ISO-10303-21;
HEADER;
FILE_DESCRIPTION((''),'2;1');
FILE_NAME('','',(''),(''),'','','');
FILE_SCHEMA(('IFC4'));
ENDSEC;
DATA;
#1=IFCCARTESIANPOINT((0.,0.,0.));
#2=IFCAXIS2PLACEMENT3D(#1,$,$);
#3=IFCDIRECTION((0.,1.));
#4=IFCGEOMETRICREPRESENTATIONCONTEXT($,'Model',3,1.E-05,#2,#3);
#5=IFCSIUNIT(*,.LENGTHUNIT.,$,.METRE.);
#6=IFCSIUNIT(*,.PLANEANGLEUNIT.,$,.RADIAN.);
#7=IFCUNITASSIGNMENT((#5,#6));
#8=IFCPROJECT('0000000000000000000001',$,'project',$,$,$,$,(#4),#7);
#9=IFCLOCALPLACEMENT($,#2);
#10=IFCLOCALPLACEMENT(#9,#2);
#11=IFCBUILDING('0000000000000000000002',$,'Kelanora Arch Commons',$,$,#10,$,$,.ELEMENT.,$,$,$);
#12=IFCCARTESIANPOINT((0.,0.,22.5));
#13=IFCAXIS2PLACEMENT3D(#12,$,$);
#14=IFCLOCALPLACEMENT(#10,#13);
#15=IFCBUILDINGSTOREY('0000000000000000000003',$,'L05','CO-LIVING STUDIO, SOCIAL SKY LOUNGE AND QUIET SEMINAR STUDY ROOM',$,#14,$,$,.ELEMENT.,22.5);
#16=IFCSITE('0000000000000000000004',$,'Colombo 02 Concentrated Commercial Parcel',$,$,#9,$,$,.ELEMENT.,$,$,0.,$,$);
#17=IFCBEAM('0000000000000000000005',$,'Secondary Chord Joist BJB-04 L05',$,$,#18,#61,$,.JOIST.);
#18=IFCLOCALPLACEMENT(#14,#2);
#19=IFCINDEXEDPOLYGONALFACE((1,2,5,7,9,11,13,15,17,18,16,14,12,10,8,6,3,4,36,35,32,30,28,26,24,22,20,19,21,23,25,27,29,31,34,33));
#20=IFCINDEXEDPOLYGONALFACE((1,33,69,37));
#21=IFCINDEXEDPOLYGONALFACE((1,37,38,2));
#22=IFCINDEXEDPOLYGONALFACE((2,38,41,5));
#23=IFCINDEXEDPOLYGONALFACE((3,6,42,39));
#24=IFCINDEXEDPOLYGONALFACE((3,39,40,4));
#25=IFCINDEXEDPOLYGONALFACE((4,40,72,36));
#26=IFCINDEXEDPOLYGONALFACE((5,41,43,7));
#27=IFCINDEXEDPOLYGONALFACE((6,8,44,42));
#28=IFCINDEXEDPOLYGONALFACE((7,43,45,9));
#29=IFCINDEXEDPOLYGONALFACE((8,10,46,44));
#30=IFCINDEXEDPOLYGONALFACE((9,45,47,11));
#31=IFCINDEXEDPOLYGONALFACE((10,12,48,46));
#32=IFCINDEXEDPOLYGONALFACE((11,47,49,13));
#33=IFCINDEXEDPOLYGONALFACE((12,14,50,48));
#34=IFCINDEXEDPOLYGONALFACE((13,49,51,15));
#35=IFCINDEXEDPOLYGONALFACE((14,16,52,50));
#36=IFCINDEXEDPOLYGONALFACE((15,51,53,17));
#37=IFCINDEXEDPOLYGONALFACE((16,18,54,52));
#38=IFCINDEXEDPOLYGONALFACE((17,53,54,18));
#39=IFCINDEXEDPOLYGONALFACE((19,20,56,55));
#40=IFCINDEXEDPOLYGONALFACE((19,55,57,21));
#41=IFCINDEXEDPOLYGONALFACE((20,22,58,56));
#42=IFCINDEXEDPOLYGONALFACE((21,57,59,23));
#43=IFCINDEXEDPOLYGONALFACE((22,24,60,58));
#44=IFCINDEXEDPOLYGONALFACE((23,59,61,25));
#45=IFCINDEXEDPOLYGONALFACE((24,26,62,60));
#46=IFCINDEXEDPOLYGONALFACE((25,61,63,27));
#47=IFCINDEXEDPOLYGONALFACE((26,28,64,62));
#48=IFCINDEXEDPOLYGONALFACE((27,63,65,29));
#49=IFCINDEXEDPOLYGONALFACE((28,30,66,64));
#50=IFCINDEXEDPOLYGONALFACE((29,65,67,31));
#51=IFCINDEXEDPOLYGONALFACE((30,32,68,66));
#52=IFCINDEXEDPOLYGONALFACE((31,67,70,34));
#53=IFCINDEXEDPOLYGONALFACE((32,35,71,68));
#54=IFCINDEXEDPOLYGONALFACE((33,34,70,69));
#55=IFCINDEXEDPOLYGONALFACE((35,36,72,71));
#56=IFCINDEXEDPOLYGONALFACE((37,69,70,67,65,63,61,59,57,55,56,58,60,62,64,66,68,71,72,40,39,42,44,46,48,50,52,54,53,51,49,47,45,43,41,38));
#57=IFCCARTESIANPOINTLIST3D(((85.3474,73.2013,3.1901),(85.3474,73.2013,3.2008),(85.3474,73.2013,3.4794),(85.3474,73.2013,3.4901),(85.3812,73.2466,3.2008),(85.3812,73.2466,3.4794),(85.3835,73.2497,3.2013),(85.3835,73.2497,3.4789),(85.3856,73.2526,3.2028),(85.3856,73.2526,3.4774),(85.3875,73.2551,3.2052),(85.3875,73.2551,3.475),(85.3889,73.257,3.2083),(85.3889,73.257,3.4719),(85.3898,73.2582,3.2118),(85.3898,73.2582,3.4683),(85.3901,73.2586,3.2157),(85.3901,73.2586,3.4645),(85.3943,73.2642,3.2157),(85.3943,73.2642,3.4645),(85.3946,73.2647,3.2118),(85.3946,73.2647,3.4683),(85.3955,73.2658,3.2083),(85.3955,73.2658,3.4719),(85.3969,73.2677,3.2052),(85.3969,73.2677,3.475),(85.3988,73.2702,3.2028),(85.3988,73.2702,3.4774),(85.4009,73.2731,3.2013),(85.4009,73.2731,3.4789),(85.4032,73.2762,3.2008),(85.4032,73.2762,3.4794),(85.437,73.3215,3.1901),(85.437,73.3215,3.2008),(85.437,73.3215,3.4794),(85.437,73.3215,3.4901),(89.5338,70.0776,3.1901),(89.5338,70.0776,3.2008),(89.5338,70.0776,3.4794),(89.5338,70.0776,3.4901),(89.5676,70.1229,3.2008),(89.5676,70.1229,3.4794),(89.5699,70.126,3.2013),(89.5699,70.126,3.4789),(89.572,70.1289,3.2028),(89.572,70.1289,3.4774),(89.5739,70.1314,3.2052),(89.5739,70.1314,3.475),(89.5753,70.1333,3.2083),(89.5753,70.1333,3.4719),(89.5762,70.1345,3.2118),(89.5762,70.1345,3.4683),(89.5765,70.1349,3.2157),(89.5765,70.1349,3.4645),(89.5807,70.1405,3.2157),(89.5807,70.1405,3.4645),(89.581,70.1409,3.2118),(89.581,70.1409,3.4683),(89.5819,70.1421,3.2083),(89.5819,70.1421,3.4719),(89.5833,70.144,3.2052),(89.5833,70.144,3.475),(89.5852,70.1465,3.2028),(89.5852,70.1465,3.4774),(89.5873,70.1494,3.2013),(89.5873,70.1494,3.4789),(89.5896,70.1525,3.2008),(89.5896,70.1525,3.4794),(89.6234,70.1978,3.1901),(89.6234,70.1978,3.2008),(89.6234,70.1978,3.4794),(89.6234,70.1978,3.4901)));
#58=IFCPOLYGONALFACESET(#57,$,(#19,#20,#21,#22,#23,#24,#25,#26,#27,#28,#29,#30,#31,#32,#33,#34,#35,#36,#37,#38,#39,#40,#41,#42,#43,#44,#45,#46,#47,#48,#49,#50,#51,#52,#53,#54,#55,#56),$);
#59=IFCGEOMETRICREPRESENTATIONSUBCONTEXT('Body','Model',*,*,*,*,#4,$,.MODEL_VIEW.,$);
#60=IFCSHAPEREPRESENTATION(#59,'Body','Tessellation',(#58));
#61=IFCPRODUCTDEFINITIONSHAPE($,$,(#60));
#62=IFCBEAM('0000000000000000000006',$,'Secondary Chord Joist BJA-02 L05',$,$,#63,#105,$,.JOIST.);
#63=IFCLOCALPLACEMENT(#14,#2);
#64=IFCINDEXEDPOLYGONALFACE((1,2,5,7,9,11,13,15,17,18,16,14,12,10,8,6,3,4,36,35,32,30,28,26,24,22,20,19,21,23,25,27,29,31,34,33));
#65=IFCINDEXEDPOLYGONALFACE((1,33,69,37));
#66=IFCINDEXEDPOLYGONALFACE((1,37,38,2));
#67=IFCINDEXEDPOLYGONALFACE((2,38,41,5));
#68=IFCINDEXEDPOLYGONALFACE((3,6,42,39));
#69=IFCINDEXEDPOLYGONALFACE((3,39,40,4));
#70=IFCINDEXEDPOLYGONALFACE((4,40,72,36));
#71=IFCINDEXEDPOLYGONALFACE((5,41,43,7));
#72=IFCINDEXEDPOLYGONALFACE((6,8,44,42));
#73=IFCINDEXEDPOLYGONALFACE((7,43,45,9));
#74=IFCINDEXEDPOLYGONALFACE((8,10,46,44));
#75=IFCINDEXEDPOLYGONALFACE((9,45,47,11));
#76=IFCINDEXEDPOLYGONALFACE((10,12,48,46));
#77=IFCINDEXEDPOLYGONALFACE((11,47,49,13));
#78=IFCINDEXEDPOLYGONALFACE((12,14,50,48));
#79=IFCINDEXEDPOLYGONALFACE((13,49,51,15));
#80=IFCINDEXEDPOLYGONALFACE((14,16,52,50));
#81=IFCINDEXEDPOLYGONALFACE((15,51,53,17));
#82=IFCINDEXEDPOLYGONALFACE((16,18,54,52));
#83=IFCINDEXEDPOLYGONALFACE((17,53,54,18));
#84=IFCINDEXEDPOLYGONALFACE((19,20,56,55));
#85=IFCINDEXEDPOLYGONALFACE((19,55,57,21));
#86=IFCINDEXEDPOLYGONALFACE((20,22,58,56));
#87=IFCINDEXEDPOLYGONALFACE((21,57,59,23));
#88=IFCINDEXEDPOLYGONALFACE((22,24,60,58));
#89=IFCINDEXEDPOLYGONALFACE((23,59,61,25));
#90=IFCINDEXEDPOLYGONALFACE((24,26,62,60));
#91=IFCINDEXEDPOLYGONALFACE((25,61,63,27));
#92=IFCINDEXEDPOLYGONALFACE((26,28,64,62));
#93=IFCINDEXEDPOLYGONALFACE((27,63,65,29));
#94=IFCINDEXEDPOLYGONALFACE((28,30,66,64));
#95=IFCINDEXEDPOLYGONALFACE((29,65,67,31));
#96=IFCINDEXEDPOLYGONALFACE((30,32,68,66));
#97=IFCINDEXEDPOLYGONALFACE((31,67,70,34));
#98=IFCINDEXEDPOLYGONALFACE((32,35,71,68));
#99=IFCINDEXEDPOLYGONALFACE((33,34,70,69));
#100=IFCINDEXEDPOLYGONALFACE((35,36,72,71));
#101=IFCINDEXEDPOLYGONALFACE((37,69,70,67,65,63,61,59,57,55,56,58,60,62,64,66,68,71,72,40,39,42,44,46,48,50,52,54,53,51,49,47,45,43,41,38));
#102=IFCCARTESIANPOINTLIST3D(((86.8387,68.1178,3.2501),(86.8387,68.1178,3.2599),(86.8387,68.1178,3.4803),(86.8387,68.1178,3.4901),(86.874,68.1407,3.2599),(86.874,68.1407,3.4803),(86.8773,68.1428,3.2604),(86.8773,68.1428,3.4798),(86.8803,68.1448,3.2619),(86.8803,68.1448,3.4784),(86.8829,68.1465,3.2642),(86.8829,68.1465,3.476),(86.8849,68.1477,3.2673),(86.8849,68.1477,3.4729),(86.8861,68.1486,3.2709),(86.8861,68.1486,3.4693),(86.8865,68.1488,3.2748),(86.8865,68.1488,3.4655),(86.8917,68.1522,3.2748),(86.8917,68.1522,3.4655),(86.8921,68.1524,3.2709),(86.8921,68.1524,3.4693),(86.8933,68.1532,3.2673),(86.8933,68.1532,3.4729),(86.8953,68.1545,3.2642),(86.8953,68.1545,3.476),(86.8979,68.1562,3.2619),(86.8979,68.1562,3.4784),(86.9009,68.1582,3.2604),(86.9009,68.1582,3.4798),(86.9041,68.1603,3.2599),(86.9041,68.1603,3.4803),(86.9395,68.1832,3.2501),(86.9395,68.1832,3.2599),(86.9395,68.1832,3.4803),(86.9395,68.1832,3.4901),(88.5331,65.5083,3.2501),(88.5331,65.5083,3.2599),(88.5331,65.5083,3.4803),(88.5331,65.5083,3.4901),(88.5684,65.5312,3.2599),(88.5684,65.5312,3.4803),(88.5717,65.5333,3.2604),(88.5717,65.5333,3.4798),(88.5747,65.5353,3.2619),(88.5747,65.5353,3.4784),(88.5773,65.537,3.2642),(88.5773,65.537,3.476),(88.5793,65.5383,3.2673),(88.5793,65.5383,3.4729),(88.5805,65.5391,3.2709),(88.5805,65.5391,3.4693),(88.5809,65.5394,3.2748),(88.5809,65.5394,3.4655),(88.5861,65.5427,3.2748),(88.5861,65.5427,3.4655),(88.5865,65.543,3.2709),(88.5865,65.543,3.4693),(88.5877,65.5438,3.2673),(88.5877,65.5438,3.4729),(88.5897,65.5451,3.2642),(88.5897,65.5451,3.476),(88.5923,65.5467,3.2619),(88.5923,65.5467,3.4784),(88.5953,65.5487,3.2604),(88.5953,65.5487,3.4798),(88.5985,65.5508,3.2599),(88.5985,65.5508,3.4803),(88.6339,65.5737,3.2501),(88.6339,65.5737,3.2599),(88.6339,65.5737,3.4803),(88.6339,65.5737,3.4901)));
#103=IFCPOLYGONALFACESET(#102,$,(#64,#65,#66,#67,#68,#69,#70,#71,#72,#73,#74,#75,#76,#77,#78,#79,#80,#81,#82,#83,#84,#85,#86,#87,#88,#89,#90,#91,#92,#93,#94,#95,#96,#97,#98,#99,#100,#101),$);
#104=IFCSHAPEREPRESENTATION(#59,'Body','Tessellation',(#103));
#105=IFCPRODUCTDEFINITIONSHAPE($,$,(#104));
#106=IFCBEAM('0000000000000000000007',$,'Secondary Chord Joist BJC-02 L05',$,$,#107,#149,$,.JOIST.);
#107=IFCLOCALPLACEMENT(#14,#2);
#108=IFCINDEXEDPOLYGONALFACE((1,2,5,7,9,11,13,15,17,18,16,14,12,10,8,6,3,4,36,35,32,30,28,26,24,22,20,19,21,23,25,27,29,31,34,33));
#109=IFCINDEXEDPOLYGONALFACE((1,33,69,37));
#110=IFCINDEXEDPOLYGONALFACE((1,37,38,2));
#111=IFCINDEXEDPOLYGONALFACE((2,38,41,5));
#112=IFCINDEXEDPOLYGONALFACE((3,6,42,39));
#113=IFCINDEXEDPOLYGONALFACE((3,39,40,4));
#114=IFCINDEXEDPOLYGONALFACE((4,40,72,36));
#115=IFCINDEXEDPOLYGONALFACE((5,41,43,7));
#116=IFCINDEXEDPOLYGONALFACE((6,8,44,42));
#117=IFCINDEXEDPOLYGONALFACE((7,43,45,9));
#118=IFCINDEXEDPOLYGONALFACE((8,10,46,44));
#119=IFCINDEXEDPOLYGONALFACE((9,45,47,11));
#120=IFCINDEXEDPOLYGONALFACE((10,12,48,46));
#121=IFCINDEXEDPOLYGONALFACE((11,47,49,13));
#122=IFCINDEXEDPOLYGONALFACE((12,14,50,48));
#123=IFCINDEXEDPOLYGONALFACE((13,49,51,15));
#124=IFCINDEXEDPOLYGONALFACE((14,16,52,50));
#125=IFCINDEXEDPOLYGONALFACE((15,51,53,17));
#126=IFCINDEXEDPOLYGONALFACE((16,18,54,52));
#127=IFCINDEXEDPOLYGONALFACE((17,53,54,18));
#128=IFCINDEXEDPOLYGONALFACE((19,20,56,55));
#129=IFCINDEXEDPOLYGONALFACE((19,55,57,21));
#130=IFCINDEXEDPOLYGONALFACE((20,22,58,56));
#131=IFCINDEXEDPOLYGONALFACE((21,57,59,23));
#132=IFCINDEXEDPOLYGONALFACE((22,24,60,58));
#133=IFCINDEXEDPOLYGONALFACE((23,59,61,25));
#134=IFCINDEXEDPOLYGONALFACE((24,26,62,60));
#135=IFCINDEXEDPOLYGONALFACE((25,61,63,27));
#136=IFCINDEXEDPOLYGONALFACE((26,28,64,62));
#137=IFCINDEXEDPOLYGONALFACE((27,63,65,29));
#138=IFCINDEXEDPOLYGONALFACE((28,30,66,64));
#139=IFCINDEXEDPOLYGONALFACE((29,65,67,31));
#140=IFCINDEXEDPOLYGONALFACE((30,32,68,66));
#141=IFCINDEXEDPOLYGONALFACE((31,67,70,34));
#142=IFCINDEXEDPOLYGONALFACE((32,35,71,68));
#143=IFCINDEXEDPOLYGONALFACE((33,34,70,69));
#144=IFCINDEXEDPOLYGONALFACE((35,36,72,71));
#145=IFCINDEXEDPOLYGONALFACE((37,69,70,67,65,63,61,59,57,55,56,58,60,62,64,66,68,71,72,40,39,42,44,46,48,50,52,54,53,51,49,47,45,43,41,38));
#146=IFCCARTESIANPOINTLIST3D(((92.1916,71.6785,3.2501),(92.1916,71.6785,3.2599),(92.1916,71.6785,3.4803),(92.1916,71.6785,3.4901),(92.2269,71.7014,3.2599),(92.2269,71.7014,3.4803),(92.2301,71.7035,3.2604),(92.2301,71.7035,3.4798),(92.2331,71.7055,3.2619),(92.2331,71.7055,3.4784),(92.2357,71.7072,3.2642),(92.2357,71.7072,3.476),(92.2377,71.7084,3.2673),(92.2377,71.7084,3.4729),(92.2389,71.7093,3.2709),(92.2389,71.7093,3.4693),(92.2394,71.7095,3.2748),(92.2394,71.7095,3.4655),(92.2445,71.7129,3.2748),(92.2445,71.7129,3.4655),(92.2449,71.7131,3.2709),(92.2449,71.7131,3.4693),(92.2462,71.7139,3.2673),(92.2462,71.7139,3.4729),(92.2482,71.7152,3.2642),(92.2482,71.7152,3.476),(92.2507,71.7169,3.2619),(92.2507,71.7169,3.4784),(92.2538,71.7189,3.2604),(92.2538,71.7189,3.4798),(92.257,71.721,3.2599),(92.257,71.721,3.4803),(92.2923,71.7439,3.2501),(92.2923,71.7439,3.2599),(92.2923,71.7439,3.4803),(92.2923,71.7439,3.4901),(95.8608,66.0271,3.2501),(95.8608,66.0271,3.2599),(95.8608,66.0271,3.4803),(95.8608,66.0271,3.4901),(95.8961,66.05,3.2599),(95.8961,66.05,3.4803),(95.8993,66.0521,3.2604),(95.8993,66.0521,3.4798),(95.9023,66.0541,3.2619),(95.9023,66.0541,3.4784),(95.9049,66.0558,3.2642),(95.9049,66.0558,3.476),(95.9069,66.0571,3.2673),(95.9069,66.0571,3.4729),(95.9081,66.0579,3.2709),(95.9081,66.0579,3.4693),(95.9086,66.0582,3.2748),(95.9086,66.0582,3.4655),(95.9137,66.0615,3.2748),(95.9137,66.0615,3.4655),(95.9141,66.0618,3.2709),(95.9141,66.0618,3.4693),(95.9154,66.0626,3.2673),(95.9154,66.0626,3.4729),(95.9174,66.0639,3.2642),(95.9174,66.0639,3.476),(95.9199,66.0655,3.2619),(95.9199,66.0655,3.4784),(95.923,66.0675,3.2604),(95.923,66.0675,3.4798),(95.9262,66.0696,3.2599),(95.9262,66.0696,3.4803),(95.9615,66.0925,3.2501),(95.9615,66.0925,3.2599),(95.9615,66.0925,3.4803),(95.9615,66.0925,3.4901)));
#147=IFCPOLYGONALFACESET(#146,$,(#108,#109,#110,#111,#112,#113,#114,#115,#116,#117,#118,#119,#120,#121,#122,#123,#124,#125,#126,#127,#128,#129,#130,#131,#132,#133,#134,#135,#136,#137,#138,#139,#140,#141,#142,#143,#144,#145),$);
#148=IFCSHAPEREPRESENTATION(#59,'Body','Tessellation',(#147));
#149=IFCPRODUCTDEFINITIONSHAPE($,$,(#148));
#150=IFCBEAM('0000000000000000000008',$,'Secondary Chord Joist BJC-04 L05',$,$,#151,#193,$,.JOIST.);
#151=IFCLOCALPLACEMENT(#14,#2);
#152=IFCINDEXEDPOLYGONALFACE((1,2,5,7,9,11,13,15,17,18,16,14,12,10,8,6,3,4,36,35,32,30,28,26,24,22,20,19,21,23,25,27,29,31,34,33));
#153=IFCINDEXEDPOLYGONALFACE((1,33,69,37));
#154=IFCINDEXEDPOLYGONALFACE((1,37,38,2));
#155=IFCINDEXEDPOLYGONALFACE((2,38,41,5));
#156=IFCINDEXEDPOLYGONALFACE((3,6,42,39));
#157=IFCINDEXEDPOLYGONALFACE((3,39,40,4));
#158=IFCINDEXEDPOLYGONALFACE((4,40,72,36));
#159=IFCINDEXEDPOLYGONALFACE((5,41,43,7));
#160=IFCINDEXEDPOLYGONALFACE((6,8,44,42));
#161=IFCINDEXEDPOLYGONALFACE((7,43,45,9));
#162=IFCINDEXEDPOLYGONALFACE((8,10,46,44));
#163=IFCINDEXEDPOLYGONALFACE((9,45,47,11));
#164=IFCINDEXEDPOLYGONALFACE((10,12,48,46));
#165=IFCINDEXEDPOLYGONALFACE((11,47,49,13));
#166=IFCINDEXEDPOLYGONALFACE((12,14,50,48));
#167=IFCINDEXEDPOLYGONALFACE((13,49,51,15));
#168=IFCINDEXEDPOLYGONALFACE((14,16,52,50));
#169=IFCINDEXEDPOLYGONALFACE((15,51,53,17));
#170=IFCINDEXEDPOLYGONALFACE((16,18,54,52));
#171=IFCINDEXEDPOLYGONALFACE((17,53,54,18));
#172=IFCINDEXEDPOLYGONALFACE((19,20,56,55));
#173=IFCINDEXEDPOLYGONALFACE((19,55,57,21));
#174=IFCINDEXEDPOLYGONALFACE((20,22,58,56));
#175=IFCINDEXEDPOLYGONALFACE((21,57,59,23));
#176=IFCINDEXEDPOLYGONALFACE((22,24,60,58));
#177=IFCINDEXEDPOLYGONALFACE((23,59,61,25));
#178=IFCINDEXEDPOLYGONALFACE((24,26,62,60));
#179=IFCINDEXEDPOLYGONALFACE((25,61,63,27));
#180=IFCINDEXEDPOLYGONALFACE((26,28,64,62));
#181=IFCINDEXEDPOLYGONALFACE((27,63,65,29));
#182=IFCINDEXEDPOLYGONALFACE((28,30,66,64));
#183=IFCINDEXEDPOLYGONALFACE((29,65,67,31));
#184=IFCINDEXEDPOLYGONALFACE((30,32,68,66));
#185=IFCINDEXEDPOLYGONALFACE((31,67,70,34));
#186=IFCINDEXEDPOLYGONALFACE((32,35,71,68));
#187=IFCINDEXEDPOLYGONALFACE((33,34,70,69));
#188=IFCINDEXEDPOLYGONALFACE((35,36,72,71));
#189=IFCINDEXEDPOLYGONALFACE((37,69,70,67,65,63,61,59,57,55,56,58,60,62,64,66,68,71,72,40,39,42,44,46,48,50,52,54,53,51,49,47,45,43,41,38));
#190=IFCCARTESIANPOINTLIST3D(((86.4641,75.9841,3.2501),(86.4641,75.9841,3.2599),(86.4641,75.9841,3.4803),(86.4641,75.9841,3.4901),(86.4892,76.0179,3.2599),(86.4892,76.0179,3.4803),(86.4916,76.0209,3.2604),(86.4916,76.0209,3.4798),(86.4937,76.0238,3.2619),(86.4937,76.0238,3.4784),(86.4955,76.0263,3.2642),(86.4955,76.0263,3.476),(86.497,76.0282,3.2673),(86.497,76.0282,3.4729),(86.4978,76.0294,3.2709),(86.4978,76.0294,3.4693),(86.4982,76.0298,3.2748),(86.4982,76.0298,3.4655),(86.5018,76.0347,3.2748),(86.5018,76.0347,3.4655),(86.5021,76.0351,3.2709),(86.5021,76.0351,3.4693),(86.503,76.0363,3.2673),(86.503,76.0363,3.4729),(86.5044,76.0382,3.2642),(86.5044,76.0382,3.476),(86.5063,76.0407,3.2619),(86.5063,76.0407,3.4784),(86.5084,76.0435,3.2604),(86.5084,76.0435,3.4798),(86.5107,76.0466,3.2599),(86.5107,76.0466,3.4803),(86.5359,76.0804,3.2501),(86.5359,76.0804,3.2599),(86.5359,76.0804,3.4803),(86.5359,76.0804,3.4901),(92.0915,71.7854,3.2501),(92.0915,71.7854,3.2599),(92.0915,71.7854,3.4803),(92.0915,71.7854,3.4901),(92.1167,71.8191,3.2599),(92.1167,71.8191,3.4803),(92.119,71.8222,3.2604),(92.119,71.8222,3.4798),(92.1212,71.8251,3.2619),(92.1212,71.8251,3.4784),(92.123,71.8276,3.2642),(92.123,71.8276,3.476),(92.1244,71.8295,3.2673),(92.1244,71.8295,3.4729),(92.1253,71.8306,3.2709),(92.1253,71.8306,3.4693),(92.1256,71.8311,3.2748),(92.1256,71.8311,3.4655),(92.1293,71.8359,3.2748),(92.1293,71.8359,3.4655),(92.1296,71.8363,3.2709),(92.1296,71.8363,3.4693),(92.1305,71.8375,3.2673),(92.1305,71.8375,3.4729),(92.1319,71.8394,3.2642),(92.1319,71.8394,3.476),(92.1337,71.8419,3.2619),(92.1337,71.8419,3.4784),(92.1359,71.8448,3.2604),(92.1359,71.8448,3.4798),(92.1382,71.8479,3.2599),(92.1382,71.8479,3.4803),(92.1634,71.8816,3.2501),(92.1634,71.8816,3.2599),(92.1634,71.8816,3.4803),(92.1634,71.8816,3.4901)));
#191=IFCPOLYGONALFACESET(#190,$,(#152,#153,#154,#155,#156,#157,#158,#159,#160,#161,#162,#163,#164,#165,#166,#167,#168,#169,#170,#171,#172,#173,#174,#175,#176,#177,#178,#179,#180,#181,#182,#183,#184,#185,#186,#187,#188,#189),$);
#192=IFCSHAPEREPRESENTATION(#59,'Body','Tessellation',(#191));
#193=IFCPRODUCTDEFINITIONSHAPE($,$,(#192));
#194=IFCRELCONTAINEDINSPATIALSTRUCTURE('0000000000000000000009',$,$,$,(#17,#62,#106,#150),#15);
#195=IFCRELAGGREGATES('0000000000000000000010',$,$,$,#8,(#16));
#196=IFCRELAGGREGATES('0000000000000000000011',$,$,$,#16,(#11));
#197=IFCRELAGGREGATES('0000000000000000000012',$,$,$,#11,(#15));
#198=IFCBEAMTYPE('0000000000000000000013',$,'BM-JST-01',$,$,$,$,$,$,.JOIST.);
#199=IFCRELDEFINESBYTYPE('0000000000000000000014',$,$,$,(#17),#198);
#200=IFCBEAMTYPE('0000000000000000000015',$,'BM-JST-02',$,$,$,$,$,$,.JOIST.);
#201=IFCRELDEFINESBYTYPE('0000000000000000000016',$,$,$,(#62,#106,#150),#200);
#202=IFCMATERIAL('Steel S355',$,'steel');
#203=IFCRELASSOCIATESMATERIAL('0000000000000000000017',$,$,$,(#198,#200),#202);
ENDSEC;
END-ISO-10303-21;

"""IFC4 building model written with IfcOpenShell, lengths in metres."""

from ifc_helpers import new_model, si_unit, direction, frame, origin, origin_2d, place, context, subcontext, project, spatial, i_section, extrude, material, material_profile, profile_set, type_object, element, save


model = new_model("IFC4")

# Units and contexts
model_context = context("Model", 3, precision=1e-05, world=origin(), true_north=direction((0.0, 1.0)))
body_context = subcontext(model_context, "Body", "Model", "MODEL_VIEW")
ifc_project = project(units=[si_unit("LENGTHUNIT", "METRE"), si_unit("PLANEANGLEUNIT", "RADIAN")], contexts=[model_context])

# Site, building, storey
site_placement = place(None, origin())
site = spatial("IfcSite", under=ifc_project, at=site_placement, Name="Colombo 02 Concentrated Commercial Parcel", CompositionType="ELEMENT", RefElevation=0.0)
building_placement = place(site_placement, origin())
building = spatial("IfcBuilding", under=site, at=building_placement, Name="Kelanora Arch Commons", CompositionType="ELEMENT")
storey_placement = place(building_placement, frame((0.0, 0.0, 22.5)))
storey = spatial("IfcBuildingStorey", under=building, at=storey_placement, Name="L05", Description="CO-LIVING STUDIO, SOCIAL SKY LOUNGE AND QUIET SEMINAR STUDY ROOM", CompositionType="ELEMENT", Elevation=22.5)

# Beams
ifc_material_1 = material(Name="Steel S355", Category="steel")
ifc_material_profile_1 = material_profile(ifc_material_1, i_section(OverallWidth=0.1499, OverallDepth=0.3, WebThickness=0.0071, FlangeThickness=0.0107, FilletRadius=0.0149, at=origin_2d()), Name="IPE300")
ifc_profile_set_1 = profile_set([ifc_material_profile_1], Name="Steel S355")
beam_type_1 = type_object("IfcBeamType", Name="BM-JST-01", PredefinedType="JOIST", material=ifc_profile_set_1)
beam_1_placement = place(storey_placement, frame((89.5786, 70.1377, 3.3401), z_axis=(-0.801478, 0.598024, 0.0), x_axis=(-0.598024, -0.801478, 0.0)))
element("IfcBeam", 1, at=beam_1_placement, inside=storey, type_object=beam_type_1, Name="Secondary Chord Joist BJB-04 L05", PredefinedType="JOIST", context=body_context, shape_type="SweptSolid", body=[
    extrude(i_section(OverallWidth=0.1499, OverallDepth=0.3, WebThickness=0.0071, FlangeThickness=0.0107, FilletRadius=0.0149, at=origin_2d()), origin(), (0.0, 0.0, 1.0), 5.2234),
])
ifc_material_profile_2 = material_profile(ifc_material_1, i_section(OverallWidth=0.1201, OverallDepth=0.24, WebThickness=0.0061, FlangeThickness=0.0098, FilletRadius=0.0149, at=origin_2d()), Name="IPE240")
ifc_profile_set_2 = profile_set([ifc_material_profile_2], Name="Steel S355")
beam_type_2 = type_object("IfcBeamType", Name="BM-JST-02", PredefinedType="JOIST", material=ifc_profile_set_2)
beam_2_placement = place(storey_placement, frame((88.5835, 65.541, 3.3701), z_axis=(-0.544591, 0.838702, 0.0), x_axis=(-0.838702, -0.544591, 0.0)))
element("IfcBeam", 2, at=beam_2_placement, inside=storey, type_object=beam_type_2, Name="Secondary Chord Joist BJA-02 L05", PredefinedType="JOIST", context=body_context, shape_type="SweptSolid", body=[
    extrude(i_section(OverallWidth=0.1201, OverallDepth=0.24, WebThickness=0.0061, FlangeThickness=0.0098, FilletRadius=0.0149, at=origin_2d()), origin(), (0.0, 0.0, 1.0), 3.1113),
])
beam_3_placement = place(storey_placement, frame((95.9111, 66.0598, 3.3701), z_axis=(-0.54455, 0.838728, 0.0), x_axis=(-0.838728, -0.54455, 0.0)))
element("IfcBeam", 3, at=beam_3_placement, inside=storey, type_object=beam_type_2, Name="Secondary Chord Joist BJC-02 L05", PredefinedType="JOIST", context=body_context, shape_type="SweptSolid", body=[
    extrude(i_section(OverallWidth=0.1201, OverallDepth=0.24, WebThickness=0.0061, FlangeThickness=0.0098, FilletRadius=0.0149, at=origin_2d()), origin(), (0.0, 0.0, 1.0), 6.738),
])
beam_4_placement = place(storey_placement, frame((92.1274, 71.8335, 3.3701), z_axis=(-0.801491, 0.598006, 0.0), x_axis=(-0.598006, -0.801491, 0.0)))
element("IfcBeam", 4, at=beam_4_placement, inside=storey, type_object=beam_type_2, Name="Secondary Chord Joist BJC-04 L05", PredefinedType="JOIST", context=body_context, shape_type="SweptSolid", body=[
    extrude(i_section(OverallWidth=0.1201, OverallDepth=0.24, WebThickness=0.0061, FlangeThickness=0.0098, FilletRadius=0.0149, at=origin_2d()), origin(), (0.0, 0.0, 1.0), 7.0212),
])

save(model, "model.ifc")
